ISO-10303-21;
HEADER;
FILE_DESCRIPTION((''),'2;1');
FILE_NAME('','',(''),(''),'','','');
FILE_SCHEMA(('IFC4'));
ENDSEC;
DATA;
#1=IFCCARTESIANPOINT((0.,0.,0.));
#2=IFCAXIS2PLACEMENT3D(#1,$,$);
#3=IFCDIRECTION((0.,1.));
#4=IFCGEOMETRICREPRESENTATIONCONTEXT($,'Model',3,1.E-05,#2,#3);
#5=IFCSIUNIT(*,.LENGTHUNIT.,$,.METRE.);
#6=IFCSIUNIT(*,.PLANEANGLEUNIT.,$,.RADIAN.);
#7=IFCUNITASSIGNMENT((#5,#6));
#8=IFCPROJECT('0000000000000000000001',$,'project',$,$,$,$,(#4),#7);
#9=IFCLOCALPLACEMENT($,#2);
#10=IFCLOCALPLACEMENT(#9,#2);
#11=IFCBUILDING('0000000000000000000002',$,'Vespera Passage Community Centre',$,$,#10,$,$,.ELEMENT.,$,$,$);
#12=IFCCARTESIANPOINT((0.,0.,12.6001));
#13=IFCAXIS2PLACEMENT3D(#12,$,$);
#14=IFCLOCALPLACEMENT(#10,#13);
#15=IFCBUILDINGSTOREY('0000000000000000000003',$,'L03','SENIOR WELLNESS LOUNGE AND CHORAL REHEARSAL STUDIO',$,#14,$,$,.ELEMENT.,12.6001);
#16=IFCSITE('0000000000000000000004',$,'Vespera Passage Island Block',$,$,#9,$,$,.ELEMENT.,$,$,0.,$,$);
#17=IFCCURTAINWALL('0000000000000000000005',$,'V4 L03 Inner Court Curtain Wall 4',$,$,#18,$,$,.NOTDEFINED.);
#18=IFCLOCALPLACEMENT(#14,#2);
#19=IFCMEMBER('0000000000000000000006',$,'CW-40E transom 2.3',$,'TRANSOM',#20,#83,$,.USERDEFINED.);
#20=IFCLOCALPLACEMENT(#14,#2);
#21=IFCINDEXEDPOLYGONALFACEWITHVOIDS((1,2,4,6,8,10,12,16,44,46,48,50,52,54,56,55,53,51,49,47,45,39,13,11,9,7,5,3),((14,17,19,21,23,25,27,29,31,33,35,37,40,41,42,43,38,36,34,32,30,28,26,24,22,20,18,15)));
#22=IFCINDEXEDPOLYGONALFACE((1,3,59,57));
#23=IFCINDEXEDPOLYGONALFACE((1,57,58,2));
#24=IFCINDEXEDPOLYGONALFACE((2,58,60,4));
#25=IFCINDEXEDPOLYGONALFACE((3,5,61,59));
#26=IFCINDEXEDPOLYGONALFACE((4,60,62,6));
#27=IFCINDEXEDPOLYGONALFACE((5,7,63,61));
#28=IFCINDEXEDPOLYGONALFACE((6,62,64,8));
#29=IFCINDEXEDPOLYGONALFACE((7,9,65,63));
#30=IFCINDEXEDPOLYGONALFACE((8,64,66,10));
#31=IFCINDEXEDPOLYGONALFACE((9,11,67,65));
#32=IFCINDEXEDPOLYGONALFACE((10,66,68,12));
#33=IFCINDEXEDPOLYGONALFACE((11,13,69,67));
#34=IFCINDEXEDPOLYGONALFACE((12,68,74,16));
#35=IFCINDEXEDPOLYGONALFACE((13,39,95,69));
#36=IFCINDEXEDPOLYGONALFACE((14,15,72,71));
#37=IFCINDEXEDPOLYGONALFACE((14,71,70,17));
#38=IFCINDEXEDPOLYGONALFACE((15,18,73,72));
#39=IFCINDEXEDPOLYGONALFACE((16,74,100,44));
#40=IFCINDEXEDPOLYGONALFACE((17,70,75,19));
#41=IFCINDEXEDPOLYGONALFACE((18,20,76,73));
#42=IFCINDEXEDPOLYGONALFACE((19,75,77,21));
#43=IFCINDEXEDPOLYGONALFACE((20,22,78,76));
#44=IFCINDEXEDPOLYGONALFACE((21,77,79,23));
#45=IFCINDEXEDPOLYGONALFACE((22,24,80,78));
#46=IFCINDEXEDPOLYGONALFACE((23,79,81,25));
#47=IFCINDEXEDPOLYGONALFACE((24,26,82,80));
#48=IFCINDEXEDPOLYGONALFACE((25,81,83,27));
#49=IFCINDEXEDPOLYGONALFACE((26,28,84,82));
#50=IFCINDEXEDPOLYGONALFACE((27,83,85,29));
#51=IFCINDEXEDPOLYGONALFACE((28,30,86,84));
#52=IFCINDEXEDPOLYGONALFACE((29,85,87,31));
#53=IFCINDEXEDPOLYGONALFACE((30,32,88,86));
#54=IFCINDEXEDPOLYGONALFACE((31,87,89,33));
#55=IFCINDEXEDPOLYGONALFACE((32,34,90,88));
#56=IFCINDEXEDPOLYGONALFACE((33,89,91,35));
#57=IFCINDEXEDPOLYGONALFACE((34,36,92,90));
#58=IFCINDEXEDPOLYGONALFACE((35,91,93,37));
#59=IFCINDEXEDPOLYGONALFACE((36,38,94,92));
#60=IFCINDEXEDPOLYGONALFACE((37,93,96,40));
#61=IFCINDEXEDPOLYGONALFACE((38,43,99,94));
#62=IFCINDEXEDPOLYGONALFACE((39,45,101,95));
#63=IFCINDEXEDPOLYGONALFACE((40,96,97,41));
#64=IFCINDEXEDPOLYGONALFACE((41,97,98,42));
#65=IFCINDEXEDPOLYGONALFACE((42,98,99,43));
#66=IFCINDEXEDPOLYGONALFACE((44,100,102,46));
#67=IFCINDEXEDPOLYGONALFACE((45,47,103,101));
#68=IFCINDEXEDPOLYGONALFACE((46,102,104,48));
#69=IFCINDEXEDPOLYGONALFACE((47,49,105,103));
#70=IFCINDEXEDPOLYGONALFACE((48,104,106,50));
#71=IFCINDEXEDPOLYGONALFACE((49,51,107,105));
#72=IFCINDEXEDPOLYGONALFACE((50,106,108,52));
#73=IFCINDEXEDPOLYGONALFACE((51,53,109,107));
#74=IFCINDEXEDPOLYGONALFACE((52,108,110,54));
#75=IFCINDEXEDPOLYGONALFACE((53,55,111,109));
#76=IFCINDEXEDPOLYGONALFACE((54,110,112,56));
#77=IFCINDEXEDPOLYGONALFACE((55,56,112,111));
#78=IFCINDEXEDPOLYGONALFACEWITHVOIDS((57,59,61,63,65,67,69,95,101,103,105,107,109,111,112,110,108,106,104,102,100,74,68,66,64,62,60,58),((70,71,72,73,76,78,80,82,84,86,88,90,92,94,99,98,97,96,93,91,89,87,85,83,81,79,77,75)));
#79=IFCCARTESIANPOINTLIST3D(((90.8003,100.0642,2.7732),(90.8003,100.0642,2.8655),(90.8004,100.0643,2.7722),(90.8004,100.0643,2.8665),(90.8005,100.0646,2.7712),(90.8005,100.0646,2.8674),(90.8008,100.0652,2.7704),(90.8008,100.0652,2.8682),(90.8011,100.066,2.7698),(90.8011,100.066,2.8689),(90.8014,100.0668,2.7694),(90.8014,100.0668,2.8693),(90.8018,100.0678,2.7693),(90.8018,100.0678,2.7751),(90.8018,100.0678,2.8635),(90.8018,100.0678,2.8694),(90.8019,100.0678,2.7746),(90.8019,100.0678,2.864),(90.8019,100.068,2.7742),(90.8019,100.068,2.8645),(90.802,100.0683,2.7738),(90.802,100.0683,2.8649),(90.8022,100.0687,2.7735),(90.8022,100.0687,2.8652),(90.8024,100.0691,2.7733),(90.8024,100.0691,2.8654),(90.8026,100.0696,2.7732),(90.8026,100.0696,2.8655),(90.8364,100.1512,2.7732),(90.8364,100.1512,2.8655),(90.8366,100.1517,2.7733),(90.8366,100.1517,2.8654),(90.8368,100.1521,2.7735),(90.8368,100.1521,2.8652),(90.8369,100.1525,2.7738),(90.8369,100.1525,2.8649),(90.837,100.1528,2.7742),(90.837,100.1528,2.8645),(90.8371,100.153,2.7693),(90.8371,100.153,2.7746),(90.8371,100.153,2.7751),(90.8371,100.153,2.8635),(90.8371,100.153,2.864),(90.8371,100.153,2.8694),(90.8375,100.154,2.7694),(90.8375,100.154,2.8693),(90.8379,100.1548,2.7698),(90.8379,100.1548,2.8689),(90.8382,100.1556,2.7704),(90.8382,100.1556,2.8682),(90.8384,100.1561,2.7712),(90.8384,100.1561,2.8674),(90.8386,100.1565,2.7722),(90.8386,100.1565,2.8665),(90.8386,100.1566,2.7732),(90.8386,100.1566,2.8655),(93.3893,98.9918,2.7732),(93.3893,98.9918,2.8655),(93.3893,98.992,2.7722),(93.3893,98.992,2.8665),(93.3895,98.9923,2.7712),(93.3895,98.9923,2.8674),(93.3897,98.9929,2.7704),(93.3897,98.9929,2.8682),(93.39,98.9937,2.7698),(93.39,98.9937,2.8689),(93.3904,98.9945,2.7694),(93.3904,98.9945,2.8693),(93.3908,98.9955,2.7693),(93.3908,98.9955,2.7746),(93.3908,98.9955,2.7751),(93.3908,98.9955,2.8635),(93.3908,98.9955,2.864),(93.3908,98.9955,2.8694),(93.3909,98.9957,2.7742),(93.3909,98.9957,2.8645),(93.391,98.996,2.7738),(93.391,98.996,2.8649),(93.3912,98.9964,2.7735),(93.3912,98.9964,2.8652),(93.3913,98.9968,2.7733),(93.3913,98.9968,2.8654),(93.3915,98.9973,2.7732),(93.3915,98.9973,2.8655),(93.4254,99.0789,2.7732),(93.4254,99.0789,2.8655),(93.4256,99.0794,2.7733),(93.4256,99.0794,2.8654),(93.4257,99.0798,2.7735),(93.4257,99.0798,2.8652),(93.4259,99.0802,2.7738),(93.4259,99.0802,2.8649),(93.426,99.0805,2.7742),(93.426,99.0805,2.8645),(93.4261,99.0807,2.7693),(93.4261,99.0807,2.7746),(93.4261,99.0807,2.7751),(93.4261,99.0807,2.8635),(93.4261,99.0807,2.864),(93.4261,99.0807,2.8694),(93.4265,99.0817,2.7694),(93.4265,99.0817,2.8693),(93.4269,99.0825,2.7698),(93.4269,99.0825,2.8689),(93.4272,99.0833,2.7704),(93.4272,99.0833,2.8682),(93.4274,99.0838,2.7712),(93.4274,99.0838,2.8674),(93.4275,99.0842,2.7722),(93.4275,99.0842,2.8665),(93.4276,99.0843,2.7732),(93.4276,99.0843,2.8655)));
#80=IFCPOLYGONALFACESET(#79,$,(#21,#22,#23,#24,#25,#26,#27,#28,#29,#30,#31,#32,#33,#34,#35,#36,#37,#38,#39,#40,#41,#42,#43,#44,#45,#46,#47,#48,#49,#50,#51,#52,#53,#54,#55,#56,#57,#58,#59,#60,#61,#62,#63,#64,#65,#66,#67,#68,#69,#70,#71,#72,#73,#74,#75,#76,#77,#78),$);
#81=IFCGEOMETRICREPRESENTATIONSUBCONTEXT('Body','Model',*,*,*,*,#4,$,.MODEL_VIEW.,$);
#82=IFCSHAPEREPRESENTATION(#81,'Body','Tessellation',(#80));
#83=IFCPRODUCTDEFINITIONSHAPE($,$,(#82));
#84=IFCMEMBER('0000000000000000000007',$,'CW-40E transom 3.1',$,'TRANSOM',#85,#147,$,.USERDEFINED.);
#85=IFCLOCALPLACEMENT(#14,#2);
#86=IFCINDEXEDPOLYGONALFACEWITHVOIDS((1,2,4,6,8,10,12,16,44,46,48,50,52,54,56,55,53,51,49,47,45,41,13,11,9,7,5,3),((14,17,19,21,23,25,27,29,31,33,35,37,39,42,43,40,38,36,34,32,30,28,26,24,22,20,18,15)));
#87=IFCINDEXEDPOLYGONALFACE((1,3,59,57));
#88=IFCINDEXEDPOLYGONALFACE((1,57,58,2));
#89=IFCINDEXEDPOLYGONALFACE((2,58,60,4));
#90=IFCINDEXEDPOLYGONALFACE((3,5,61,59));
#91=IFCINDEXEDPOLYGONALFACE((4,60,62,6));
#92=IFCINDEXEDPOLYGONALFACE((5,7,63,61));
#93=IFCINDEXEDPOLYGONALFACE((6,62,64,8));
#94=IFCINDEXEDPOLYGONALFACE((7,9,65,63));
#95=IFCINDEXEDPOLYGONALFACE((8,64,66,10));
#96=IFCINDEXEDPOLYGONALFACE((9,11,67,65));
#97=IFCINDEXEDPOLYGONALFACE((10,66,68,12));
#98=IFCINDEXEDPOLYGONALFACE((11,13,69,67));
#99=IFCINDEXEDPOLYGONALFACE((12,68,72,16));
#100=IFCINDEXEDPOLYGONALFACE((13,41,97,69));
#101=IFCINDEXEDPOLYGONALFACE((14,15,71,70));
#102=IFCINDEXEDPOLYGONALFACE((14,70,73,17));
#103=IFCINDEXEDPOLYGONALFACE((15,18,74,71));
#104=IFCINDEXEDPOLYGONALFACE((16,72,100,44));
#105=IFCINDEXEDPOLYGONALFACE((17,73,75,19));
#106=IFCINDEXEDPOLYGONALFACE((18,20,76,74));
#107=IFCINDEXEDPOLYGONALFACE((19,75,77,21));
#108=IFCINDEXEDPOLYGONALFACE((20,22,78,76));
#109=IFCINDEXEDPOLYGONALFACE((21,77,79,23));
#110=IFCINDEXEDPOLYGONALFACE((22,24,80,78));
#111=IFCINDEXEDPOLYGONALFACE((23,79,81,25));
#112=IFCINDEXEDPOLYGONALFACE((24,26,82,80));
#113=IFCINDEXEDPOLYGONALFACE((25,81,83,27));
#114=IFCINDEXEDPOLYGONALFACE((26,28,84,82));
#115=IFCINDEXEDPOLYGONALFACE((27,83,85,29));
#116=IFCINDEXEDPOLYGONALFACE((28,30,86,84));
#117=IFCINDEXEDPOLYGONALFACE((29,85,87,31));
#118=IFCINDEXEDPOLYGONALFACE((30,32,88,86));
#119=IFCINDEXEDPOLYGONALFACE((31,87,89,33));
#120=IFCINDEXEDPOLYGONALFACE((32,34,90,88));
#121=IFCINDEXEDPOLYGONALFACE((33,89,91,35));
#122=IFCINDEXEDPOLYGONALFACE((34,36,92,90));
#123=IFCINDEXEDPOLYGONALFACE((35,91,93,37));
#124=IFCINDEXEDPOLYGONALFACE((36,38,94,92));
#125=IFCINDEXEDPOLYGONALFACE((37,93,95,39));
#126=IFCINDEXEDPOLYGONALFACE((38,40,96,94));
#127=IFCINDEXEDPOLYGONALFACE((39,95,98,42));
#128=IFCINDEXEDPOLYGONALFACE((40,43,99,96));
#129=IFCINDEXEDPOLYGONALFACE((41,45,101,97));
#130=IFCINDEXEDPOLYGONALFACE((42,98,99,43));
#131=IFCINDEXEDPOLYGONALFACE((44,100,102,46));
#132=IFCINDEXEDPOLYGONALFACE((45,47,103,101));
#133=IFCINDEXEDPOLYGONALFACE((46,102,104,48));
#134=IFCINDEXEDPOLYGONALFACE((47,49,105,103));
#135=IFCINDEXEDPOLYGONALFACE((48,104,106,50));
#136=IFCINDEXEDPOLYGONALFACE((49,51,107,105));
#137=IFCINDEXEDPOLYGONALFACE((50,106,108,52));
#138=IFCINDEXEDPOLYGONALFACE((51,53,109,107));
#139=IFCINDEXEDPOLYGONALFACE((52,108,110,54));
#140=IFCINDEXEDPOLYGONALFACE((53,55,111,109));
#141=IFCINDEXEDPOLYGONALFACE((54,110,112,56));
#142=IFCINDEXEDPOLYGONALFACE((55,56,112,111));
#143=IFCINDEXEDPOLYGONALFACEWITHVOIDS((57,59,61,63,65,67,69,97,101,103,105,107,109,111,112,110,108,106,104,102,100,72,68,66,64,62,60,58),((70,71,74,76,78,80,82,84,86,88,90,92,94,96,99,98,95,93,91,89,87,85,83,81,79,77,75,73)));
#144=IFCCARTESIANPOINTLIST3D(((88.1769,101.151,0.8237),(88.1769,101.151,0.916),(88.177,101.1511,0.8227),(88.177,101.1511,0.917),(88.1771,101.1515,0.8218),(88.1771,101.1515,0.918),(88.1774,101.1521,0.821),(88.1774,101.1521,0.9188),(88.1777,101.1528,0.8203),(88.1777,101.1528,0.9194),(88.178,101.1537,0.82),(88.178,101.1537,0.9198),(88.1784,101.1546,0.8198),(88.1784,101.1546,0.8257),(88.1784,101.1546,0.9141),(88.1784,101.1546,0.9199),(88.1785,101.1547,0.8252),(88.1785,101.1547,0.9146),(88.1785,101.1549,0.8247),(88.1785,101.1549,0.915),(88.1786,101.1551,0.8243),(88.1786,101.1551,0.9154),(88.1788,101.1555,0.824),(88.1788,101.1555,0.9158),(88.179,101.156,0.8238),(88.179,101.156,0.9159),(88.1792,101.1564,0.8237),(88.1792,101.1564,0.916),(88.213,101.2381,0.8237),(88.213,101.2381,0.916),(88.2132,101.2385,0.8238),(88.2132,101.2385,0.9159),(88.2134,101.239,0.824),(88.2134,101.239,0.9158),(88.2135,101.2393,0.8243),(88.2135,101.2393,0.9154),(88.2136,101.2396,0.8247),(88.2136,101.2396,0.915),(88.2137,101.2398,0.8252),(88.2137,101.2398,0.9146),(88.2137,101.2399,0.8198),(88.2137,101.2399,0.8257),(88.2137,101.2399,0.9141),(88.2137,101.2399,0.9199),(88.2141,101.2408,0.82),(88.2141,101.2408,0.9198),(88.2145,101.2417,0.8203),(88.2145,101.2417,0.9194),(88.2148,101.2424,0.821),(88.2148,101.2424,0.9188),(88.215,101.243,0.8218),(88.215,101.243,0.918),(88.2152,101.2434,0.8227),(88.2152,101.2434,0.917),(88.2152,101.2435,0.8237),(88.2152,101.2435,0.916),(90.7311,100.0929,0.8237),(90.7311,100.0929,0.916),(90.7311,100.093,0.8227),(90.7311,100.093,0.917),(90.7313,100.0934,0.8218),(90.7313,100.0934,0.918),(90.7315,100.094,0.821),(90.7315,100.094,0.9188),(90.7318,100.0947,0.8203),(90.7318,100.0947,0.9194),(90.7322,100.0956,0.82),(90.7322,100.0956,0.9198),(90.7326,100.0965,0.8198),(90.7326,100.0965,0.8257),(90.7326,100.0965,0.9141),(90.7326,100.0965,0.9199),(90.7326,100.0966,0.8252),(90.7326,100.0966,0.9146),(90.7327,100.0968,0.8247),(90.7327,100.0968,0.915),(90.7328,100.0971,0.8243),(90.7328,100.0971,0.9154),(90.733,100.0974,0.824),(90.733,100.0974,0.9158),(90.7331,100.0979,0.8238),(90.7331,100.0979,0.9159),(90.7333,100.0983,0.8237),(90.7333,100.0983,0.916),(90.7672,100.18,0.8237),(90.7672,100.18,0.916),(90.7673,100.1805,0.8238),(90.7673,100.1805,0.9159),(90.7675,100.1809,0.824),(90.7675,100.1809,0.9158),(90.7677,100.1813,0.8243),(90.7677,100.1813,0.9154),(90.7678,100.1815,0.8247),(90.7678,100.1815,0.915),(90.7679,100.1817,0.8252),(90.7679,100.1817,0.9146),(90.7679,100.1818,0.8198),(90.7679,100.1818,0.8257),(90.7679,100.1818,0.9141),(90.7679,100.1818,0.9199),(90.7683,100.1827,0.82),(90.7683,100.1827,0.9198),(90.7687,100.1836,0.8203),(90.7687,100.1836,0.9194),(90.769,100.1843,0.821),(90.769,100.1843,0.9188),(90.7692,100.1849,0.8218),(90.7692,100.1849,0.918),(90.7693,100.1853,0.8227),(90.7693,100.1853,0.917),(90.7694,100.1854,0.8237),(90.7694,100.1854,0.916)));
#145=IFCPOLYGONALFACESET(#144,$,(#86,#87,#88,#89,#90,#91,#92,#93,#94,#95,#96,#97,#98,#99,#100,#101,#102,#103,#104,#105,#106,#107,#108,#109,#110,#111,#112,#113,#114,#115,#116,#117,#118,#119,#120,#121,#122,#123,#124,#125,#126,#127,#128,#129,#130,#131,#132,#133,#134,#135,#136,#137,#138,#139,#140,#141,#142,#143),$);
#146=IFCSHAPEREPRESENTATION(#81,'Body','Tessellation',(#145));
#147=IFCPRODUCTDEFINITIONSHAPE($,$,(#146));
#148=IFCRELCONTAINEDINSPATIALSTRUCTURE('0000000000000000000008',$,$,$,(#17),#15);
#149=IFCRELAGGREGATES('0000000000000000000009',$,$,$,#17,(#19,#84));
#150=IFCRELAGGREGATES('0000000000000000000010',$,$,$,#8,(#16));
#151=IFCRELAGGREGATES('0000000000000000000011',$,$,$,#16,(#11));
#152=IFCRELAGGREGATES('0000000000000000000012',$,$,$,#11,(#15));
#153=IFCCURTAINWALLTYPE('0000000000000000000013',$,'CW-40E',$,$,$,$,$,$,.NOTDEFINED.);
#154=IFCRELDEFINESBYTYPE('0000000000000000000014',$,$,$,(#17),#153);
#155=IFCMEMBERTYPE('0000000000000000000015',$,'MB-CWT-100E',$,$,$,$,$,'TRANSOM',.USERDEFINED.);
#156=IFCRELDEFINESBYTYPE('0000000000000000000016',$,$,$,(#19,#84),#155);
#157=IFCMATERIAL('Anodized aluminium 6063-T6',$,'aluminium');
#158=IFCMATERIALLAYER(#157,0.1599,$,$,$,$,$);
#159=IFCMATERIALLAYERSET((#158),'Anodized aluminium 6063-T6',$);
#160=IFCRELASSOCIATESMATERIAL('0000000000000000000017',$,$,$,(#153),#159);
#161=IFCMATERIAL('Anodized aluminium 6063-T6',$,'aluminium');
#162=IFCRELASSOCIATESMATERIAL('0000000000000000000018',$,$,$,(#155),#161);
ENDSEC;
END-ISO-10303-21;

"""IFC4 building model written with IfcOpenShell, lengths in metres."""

from ifc_helpers import new_model, si_unit, direction, frame, origin, origin_2d, place, context, subcontext, project, spatial, hollow_rectangle, extrude, material, layer, layer_set, material_profile, profile_set, type_object, element, aggregate, save


model = new_model("IFC4")

# Units and contexts
model_context = context("Model", 3, precision=1e-05, world=origin(), true_north=direction((0.0, 1.0)))
body_context = subcontext(model_context, "Body", "Model", "MODEL_VIEW")
ifc_project = project(units=[si_unit("LENGTHUNIT", "METRE"), si_unit("PLANEANGLEUNIT", "RADIAN")], contexts=[model_context])

# Site, building, storey
site_placement = place(None, origin())
site = spatial("IfcSite", under=ifc_project, at=site_placement, Name="Vespera Passage Island Block", CompositionType="ELEMENT", RefElevation=0.0)
building_placement = place(site_placement, origin())
building = spatial("IfcBuilding", under=site, at=building_placement, Name="Vespera Passage Community Centre", CompositionType="ELEMENT")
storey_placement = place(building_placement, frame((0.0, 0.0, 12.6001)))
storey = spatial("IfcBuildingStorey", under=building, at=storey_placement, Name="L03", Description="SENIOR WELLNESS LOUNGE AND CHORAL REHEARSAL STUDIO", CompositionType="ELEMENT", Elevation=12.6001)

# Curtain wall, members
ifc_material_1 = material(Name="Anodized aluminium 6063-T6", Category="aluminium")
ifc_layer_1 = layer(ifc_material_1, 0.1599)
ifc_layer_set_1 = layer_set([ifc_layer_1], Name="Anodized aluminium 6063-T6")
curtain_wall_type = type_object("IfcCurtainWallType", Name="CW-40E", PredefinedType="NOTDEFINED", material=ifc_layer_set_1)
curtain_wall_placement = place(storey_placement, origin())
curtain_wall = element("IfcCurtainWall", 1, at=curtain_wall_placement, inside=storey, type_object=curtain_wall_type, Name="V4 L03 Inner Court Curtain Wall 4", PredefinedType="NOTDEFINED")
ifc_material_2 = material(Name="Anodized aluminium 6063-T6", Category="aluminium")
ifc_material_profile_1 = material_profile(ifc_material_2, hollow_rectangle(XDim=0.1001, YDim=0.1001, WallThickness=0.0039, InnerFilletRadius=0.002, OuterFilletRadius=0.0039, at=origin_2d()), Name="ALU100X100X4")
ifc_profile_set_1 = profile_set([ifc_material_profile_1], Name="Anodized aluminium 6063-T6")
member_type_1 = type_object("IfcMemberType", Name="MB-CWT-100E", ElementType="TRANSOM", PredefinedType="USERDEFINED", material=ifc_profile_set_1)
member_1_placement = place(storey_placement, frame((93.4084, 99.0381, 2.8193), z_axis=(-0.923889, 0.38266, 0.0), x_axis=(-0.38266, -0.923889, 0.0)))
member_1 = element("IfcMember", 2, at=member_1_placement, type_object=member_type_1, Name="CW-40E transom 2.3", ObjectType="TRANSOM", PredefinedType="USERDEFINED", context=body_context, shape_type="SweptSolid", body=[
    extrude(hollow_rectangle(XDim=0.1001, YDim=0.1001, WallThickness=0.0039, InnerFilletRadius=0.002, OuterFilletRadius=0.0039, at=origin_2d()), origin(), (0.0, 0.0, 1.0), 2.8022),
])
member_2_placement = place(storey_placement, frame((90.7502, 100.1392, 0.8699), z_axis=(-0.923864, 0.382721, 0.0), x_axis=(-0.382721, -0.923864, 0.0)))
member_2 = element("IfcMember", 3, at=member_2_placement, type_object=member_type_1, Name="CW-40E transom 3.1", ObjectType="TRANSOM", PredefinedType="USERDEFINED", context=body_context, shape_type="SweptSolid", body=[
    extrude(hollow_rectangle(XDim=0.1001, YDim=0.1001, WallThickness=0.0039, InnerFilletRadius=0.002, OuterFilletRadius=0.0039, at=origin_2d()), origin(), (0.0, 0.0, 1.0), 2.7646),
])
aggregate(curtain_wall, [member_1, member_2])

save(model, "model.ifc")
